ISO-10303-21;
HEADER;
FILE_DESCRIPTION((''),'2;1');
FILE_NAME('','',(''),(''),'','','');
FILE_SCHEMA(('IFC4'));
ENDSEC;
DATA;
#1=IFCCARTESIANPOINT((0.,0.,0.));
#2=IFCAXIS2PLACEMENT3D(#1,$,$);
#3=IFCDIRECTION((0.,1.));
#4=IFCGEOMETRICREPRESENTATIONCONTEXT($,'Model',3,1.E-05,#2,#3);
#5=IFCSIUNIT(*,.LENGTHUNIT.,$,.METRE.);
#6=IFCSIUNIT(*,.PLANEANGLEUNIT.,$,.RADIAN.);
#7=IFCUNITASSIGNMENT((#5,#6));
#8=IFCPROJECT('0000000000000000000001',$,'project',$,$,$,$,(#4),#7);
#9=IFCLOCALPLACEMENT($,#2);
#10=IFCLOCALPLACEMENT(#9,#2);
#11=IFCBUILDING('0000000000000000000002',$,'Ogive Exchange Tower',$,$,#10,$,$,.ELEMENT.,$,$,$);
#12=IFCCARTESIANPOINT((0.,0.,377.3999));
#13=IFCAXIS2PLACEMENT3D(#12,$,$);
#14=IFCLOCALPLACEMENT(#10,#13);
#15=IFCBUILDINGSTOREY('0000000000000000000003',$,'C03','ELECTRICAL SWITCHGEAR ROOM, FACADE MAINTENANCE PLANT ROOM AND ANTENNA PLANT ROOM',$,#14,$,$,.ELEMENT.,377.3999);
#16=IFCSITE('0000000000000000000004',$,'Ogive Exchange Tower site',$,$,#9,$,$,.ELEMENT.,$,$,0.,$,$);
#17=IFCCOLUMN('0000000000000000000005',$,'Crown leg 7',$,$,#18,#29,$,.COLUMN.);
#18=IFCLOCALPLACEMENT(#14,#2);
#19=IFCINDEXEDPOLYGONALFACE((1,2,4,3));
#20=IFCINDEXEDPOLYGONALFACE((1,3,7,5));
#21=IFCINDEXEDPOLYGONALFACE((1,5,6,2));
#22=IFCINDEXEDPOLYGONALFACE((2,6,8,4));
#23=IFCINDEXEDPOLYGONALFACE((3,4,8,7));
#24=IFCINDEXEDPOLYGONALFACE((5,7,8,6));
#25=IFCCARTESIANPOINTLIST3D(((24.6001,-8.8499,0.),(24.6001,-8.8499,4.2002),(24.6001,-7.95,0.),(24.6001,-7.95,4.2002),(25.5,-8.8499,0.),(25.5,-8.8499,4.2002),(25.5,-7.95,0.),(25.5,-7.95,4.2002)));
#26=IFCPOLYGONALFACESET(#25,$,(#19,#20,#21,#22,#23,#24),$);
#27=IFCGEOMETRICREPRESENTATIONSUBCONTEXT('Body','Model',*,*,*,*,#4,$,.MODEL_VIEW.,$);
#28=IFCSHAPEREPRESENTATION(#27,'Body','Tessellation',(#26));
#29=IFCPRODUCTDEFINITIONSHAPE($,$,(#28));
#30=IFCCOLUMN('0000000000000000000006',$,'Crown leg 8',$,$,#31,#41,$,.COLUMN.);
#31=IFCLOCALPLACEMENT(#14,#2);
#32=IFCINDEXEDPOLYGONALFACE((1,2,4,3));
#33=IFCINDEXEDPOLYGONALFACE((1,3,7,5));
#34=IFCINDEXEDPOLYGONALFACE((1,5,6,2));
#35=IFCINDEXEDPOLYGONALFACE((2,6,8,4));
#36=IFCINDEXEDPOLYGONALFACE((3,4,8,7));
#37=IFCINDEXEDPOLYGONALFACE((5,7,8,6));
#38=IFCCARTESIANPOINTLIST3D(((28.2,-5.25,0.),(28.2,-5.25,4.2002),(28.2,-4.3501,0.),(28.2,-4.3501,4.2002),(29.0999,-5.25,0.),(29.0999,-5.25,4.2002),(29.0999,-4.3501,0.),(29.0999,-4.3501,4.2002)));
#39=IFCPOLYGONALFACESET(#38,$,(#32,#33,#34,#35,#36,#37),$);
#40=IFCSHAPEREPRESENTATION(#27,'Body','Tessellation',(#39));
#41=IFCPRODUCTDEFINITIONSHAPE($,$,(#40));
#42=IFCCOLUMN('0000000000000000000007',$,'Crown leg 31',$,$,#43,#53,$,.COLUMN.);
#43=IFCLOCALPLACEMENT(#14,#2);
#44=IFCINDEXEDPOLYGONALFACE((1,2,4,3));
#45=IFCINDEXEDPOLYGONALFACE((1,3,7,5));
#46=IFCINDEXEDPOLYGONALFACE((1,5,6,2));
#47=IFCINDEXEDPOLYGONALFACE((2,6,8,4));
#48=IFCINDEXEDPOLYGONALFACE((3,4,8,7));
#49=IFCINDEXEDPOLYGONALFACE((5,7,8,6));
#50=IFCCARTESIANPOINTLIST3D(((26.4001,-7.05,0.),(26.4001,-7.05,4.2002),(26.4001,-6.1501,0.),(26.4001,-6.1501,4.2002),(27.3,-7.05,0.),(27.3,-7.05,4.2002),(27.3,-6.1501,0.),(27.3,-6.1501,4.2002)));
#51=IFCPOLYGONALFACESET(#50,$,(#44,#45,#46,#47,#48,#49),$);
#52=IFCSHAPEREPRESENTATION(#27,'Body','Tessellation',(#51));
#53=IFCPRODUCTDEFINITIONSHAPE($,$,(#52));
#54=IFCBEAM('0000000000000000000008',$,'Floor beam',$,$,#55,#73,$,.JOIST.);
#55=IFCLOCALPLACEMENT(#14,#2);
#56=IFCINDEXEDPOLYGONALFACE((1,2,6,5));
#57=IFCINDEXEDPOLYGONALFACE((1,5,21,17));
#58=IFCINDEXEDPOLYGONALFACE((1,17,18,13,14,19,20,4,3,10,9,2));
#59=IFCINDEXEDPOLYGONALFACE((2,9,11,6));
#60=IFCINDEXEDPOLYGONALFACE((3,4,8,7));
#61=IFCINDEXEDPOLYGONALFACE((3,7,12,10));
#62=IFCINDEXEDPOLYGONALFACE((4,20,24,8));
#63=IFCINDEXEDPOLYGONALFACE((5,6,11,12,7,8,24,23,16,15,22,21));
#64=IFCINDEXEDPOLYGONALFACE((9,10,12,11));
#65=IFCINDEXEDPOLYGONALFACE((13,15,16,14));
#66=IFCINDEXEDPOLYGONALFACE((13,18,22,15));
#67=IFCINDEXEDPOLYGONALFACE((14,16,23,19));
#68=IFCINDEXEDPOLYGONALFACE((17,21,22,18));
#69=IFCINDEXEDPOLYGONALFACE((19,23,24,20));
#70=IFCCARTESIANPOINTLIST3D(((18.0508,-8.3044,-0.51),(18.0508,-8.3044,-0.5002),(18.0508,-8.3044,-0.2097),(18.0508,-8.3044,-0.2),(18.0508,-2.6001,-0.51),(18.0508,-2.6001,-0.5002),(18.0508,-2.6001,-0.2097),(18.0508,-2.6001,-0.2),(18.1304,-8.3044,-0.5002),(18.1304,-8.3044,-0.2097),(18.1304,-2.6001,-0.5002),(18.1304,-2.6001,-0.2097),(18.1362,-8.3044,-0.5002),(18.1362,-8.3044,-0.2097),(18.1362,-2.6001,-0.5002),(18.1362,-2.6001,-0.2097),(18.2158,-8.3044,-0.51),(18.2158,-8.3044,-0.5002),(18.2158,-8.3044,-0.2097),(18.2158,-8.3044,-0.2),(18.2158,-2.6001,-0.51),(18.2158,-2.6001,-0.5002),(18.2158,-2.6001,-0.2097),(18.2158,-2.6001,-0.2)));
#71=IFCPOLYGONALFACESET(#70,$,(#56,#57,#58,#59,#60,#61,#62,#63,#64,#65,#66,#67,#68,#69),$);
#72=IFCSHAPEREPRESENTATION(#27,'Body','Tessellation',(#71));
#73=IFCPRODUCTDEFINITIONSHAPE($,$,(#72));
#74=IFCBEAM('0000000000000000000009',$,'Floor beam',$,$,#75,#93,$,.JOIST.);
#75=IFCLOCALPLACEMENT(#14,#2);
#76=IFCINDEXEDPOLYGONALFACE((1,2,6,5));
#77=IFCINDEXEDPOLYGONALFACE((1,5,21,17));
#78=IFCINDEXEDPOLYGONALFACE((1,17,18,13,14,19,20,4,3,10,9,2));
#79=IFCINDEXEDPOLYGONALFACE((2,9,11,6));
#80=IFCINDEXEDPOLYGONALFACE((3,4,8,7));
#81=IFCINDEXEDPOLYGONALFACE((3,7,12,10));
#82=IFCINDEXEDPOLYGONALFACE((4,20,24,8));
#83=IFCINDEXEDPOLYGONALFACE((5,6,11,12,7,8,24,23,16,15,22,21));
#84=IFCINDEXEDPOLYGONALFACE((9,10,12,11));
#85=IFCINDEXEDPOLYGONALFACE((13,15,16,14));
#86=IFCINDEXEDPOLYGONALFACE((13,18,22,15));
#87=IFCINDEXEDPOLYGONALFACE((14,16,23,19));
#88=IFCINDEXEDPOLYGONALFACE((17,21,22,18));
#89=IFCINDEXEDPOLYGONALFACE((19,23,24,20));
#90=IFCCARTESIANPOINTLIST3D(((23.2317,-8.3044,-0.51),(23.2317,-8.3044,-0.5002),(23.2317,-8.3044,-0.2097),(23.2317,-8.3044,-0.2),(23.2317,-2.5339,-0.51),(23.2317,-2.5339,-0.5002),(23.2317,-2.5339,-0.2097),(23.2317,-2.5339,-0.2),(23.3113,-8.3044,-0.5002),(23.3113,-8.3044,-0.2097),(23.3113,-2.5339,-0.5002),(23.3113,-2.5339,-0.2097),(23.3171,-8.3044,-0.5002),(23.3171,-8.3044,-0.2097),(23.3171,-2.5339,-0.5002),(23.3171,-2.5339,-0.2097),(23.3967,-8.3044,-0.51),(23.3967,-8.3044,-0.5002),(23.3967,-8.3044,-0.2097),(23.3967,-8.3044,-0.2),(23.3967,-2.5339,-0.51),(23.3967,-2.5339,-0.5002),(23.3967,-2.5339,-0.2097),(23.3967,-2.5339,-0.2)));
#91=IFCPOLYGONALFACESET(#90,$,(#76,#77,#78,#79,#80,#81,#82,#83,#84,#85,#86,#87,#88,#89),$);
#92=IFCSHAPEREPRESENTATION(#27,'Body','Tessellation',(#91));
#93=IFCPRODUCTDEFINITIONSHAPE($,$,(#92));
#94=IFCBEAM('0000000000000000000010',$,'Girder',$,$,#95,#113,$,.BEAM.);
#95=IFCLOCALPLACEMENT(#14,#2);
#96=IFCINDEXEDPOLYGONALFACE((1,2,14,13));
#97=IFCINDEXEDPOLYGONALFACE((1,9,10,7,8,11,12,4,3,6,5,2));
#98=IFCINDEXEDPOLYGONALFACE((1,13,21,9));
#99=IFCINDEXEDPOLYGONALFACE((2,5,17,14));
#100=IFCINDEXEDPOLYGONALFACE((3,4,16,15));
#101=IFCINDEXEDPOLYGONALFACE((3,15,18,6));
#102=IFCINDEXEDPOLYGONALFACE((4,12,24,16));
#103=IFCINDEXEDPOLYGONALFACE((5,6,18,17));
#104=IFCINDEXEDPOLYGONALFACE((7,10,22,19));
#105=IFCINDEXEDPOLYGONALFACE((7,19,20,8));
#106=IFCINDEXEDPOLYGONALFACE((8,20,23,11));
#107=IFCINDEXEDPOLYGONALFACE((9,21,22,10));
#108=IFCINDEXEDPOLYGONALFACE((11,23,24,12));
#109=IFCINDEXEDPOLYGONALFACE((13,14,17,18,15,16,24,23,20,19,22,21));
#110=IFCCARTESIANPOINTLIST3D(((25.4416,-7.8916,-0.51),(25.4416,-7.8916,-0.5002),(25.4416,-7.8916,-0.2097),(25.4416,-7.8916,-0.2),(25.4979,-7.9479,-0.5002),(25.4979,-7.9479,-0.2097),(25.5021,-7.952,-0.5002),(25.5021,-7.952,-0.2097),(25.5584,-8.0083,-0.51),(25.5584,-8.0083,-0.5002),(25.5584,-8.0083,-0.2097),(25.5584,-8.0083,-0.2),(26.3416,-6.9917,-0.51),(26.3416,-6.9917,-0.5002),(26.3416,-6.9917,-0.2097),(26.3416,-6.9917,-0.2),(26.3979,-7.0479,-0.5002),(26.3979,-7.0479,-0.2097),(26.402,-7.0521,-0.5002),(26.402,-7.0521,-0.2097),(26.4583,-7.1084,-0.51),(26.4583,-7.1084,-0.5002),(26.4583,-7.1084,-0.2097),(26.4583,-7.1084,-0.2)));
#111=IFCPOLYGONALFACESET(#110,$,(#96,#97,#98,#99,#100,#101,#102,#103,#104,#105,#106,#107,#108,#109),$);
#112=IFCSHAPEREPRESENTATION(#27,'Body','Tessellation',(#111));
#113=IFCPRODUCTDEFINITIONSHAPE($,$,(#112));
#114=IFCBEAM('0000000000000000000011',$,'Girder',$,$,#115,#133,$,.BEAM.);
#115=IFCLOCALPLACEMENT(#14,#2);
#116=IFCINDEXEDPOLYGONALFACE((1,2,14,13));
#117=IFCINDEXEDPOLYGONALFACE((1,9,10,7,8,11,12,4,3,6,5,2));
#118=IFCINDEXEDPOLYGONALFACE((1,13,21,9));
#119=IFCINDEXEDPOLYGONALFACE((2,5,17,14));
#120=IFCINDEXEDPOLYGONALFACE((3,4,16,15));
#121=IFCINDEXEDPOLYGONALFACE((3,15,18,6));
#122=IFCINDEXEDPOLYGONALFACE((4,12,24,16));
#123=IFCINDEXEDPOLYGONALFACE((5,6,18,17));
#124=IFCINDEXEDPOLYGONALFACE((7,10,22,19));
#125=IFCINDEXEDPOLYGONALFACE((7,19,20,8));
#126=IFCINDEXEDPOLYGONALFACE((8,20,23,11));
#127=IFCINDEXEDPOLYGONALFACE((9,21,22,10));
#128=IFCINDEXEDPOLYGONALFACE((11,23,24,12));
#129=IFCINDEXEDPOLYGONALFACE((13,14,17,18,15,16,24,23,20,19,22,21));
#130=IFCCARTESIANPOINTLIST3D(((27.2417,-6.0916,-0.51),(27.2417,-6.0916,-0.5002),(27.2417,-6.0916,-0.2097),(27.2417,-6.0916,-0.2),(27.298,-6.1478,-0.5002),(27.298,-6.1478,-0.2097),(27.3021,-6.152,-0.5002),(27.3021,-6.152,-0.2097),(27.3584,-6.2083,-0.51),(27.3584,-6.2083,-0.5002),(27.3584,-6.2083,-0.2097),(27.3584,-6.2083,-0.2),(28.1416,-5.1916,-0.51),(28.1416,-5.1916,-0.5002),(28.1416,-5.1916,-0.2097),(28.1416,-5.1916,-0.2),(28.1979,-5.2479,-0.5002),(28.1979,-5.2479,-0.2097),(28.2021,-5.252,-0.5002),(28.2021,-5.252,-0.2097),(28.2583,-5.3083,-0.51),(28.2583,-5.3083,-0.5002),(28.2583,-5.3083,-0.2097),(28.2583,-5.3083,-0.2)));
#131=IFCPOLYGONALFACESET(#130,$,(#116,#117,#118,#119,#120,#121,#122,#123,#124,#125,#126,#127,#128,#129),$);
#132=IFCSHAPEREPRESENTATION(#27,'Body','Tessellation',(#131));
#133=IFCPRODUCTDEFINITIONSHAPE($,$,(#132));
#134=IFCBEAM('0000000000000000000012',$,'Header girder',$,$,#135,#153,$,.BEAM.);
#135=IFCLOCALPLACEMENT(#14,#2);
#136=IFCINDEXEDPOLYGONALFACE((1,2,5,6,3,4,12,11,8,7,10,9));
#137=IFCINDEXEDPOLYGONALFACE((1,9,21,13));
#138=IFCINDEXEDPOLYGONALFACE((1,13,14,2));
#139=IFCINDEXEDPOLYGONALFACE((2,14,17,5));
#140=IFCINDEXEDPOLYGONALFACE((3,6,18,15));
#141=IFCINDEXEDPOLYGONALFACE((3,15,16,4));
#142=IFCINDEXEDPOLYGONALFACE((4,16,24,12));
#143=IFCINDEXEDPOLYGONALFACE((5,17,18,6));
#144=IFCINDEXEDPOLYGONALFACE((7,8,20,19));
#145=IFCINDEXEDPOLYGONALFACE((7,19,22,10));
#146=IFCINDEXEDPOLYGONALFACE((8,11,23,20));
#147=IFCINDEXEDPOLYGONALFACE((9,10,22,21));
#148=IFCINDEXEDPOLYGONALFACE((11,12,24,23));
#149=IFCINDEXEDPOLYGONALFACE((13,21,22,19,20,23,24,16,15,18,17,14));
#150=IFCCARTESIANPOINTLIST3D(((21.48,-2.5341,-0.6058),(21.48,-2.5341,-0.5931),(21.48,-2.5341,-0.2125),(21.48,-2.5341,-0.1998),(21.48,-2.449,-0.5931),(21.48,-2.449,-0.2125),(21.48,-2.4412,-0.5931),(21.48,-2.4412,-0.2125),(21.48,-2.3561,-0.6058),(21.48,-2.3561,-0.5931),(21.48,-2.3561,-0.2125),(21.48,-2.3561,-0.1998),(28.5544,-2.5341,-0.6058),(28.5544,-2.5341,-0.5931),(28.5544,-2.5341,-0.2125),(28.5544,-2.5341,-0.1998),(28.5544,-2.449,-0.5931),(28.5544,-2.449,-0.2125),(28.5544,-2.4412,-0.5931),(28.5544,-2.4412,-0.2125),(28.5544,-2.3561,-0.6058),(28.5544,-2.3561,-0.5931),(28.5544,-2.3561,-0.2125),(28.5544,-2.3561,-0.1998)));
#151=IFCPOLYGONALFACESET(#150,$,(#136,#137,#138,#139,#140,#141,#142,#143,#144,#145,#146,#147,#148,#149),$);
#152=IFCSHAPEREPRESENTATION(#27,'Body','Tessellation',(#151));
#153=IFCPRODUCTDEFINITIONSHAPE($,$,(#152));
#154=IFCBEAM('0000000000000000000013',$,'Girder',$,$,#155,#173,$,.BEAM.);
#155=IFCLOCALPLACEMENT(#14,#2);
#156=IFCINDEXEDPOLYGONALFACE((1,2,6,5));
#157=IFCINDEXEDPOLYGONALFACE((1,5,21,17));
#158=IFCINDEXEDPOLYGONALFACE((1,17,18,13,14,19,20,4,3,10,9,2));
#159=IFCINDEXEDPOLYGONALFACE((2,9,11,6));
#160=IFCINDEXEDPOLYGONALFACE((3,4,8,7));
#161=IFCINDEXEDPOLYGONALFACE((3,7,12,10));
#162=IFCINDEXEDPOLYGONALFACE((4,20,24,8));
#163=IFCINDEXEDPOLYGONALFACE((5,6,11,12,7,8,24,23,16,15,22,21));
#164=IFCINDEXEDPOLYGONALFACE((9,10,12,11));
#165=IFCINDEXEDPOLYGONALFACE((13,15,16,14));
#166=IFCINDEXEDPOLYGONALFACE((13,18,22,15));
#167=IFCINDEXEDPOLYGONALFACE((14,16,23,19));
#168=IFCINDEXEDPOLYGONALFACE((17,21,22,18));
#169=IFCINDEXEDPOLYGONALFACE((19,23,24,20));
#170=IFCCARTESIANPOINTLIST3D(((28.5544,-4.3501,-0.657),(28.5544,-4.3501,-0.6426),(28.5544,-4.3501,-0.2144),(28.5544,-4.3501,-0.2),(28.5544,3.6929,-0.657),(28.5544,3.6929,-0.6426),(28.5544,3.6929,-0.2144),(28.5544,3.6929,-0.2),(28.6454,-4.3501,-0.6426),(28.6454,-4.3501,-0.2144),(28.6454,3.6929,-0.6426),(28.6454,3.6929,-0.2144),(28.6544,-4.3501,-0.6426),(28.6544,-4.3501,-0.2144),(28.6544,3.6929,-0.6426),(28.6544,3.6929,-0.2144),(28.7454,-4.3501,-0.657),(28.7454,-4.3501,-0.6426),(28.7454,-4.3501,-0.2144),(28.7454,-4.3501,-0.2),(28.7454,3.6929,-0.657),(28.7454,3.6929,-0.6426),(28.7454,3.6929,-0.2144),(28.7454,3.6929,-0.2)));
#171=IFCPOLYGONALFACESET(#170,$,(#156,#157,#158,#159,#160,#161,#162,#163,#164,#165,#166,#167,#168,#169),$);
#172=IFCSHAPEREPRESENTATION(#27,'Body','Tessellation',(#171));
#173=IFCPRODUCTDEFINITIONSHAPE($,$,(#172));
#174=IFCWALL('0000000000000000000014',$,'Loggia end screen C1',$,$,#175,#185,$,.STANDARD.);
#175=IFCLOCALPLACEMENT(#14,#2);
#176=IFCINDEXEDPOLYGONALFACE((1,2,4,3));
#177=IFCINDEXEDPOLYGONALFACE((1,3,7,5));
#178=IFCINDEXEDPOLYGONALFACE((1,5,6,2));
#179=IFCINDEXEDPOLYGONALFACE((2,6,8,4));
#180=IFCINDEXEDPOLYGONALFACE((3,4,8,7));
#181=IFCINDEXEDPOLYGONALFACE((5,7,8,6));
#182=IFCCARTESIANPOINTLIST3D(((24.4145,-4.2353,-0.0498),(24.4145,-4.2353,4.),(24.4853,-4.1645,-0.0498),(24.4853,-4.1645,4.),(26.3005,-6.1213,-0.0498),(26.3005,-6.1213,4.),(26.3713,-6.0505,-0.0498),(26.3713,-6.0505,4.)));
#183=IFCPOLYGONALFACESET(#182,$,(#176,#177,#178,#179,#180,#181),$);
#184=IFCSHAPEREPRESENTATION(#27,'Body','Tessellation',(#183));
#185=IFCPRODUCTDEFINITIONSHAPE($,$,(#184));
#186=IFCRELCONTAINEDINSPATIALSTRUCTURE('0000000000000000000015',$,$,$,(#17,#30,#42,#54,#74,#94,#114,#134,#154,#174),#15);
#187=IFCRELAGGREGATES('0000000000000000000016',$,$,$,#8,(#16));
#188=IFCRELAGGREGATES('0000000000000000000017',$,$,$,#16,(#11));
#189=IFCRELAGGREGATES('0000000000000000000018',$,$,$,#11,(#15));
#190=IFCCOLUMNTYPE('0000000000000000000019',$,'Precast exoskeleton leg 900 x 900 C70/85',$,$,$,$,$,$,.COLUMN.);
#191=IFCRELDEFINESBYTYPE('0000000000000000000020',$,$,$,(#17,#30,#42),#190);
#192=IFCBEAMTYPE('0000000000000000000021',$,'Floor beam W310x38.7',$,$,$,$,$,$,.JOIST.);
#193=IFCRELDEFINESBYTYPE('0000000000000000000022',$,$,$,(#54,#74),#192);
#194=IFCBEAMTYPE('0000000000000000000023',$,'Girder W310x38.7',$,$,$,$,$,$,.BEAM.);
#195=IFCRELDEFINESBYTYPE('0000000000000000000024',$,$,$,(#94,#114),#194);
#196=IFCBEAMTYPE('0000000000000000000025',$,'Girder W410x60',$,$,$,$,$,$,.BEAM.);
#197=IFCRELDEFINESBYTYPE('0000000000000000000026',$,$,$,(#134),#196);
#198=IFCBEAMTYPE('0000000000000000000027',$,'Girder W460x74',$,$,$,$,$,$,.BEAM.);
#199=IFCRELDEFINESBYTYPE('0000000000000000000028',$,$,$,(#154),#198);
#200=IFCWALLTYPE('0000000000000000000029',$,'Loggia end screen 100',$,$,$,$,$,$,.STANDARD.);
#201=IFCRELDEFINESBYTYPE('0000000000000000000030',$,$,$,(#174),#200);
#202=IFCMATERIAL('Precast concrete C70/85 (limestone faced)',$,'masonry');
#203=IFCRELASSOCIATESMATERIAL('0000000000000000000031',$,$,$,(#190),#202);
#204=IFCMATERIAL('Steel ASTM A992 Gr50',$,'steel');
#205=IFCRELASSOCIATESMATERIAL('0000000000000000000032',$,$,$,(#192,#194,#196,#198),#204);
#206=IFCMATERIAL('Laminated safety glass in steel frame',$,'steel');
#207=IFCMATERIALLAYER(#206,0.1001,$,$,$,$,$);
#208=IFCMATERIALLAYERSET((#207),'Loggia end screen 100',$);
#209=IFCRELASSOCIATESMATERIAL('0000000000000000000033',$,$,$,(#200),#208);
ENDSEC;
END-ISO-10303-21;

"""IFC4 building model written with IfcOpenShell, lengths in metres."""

from ifc_helpers import new_model, si_unit, direction, frame, frame_2d, origin, origin_2d, place, context, subcontext, project, spatial, rectangle, i_section, extrude, material, layer, layer_set, material_profile, profile_set, type_object, element, save


model = new_model("IFC4")

# Units and contexts
model_context = context("Model", 3, precision=1e-05, world=origin(), true_north=direction((0.0, 1.0)))
body_context = subcontext(model_context, "Body", "Model", "MODEL_VIEW")
ifc_project = project(units=[si_unit("LENGTHUNIT", "METRE"), si_unit("PLANEANGLEUNIT", "RADIAN")], contexts=[model_context])

# Site, building, storey
site_placement = place(None, origin())
site = spatial("IfcSite", under=ifc_project, at=site_placement, Name="Ogive Exchange Tower site", CompositionType="ELEMENT", RefElevation=0.0)
building_placement = place(site_placement, origin())
building = spatial("IfcBuilding", under=site, at=building_placement, Name="Ogive Exchange Tower", CompositionType="ELEMENT")
storey_placement = place(building_placement, frame((0.0, 0.0, 377.3999)))
storey = spatial("IfcBuildingStorey", under=building, at=storey_placement, Name="C03", Description="ELECTRICAL SWITCHGEAR ROOM, FACADE MAINTENANCE PLANT ROOM AND ANTENNA PLANT ROOM", CompositionType="ELEMENT", Elevation=377.3999)

# Columns
ifc_material_1 = material(Name="Precast concrete C70/85 (limestone faced)", Category="masonry")
ifc_material_profile_1 = material_profile(ifc_material_1, rectangle(XDim=0.8999, YDim=0.8999, at=origin_2d()), Name="900 x 900")
ifc_profile_set_1 = profile_set([ifc_material_profile_1], Name="Precast concrete C70/85 (limestone faced)")
column_type = type_object("IfcColumnType", Name="Precast exoskeleton leg 900 x 900 C70/85", PredefinedType="COLUMN", material=ifc_profile_set_1)
for number, where, z_axis, x_axis, name in (
    (1, (25.05, -8.3999, 0.0), (0.0, 0.0, 1.0), (1.0, 0.0, 0.0), "Crown leg 7"),
    (2, (28.6499, -4.8, 0.0), (0.0, 0.0, 1.0), (1.0, 0.0, 0.0), "Crown leg 8"),
    (3, (26.8501, -6.6001, 0.0), (0.0, 0.0, 1.0), (1.0, 0.0, 0.0), "Crown leg 31"),
):
    element("IfcColumn", number, at=place(storey_placement, frame(where, z_axis=z_axis, x_axis=x_axis)), inside=storey, type_object=column_type, Name=name, PredefinedType="COLUMN", context=body_context, shape_type="SweptSolid", body=[
        extrude(rectangle(XDim=0.8999, YDim=0.8999, at=origin_2d()), origin(), (0.0, 0.0, 1.0), 4.2002),
    ])

# Beams
ifc_material_2 = material(Name="Steel ASTM A992 Gr50", Category="steel")
ifc_material_profile_2 = material_profile(ifc_material_2, i_section(OverallWidth=0.165, OverallDepth=0.3101, WebThickness=0.0059, FlangeThickness=0.0098, at=origin_2d()), Name="W310x38.7")
ifc_profile_set_2 = profile_set([ifc_material_profile_2], Name="Steel ASTM A992 Gr50")
beam_type_1 = type_object("IfcBeamType", Name="Floor beam W310x38.7", PredefinedType="JOIST", material=ifc_profile_set_2)
beam_1_placement = place(storey_placement, frame((18.1333, -8.3044, -0.355), z_axis=(0.0, 1.0, 0.0), x_axis=(-1.0, 0.0, 0.0)))
element("IfcBeam", 4, at=beam_1_placement, inside=storey, type_object=beam_type_1, Name="Floor beam", PredefinedType="JOIST", context=body_context, shape_type="SweptSolid", body=[
    extrude(i_section(OverallWidth=0.165, OverallDepth=0.3101, WebThickness=0.0059, FlangeThickness=0.0098, at=origin_2d()), origin(), (0.0, 0.0, 1.0), 5.7043),
])
beam_2_placement = place(storey_placement, frame((23.3142, -8.3044, -0.355), z_axis=(0.0, 1.0, 0.0), x_axis=(-1.0, 0.0, 0.0)))
element("IfcBeam", 5, at=beam_2_placement, inside=storey, type_object=beam_type_1, Name="Floor beam", PredefinedType="JOIST", context=body_context, shape_type="SweptSolid", body=[
    extrude(i_section(OverallWidth=0.165, OverallDepth=0.3101, WebThickness=0.0059, FlangeThickness=0.0098, at=origin_2d()), origin(), (0.0, 0.0, 1.0), 5.7705),
])
ifc_material_profile_3 = material_profile(ifc_material_2, i_section(OverallWidth=0.165, OverallDepth=0.3101, WebThickness=0.0059, FlangeThickness=0.0098, at=origin_2d()), Name="W310x38.7")
ifc_profile_set_3 = profile_set([ifc_material_profile_3], Name="Steel ASTM A992 Gr50")
beam_type_2 = type_object("IfcBeamType", Name="Girder W310x38.7", PredefinedType="BEAM", material=ifc_profile_set_3)
for number, where, z_axis, x_axis, name in (
    (6, (25.5, -7.95, -0.355), (0.707107, 0.707107, 0.0), (-0.707107, 0.707107, 0.0), "Girder"),
    (7, (27.3, -6.1499, -0.355), (0.707107, 0.707107, 0.0), (-0.707107, 0.707107, 0.0), "Girder"),
):
    element("IfcBeam", number, at=place(storey_placement, frame(where, z_axis=z_axis, x_axis=x_axis)), inside=storey, type_object=beam_type_2, Name=name, PredefinedType="BEAM", context=body_context, shape_type="SweptSolid", body=[
        extrude(i_section(OverallWidth=0.165, OverallDepth=0.3101, WebThickness=0.0059, FlangeThickness=0.0098, at=origin_2d()), origin(), (0.0, 0.0, 1.0), 1.2727),
    ])
ifc_material_profile_4 = material_profile(ifc_material_2, i_section(OverallWidth=0.178, OverallDepth=0.406, WebThickness=0.0078, FlangeThickness=0.0127, at=origin_2d()), Name="W410x60")
ifc_profile_set_4 = profile_set([ifc_material_profile_4], Name="Steel ASTM A992 Gr50")
beam_type_3 = type_object("IfcBeamType", Name="Girder W410x60", PredefinedType="BEAM", material=ifc_profile_set_4)
beam_3_placement = place(storey_placement, frame((21.48, -2.4451, -0.4028), z_axis=(1.0, 0.0, 0.0), x_axis=(0.0, 1.0, 0.0)))
element("IfcBeam", 8, at=beam_3_placement, inside=storey, type_object=beam_type_3, Name="Header girder", PredefinedType="BEAM", context=body_context, shape_type="SweptSolid", body=[
    extrude(i_section(OverallWidth=0.178, OverallDepth=0.406, WebThickness=0.0078, FlangeThickness=0.0127, at=origin_2d()), origin(), (0.0, 0.0, 1.0), 7.0745),
])
ifc_material_profile_5 = material_profile(ifc_material_2, i_section(OverallWidth=0.1909, OverallDepth=0.457, WebThickness=0.009, FlangeThickness=0.0144, at=origin_2d()), Name="W460x74")
ifc_profile_set_5 = profile_set([ifc_material_profile_5], Name="Steel ASTM A992 Gr50")
beam_type_4 = type_object("IfcBeamType", Name="Girder W460x74", PredefinedType="BEAM", material=ifc_profile_set_5)
beam_4_placement = place(storey_placement, frame((28.6499, -4.3501, -0.4285), z_axis=(0.0, 1.0, 0.0), x_axis=(-1.0, 0.0, 0.0)))
element("IfcBeam", 9, at=beam_4_placement, inside=storey, type_object=beam_type_4, Name="Girder", PredefinedType="BEAM", context=body_context, shape_type="SweptSolid", body=[
    extrude(i_section(OverallWidth=0.1909, OverallDepth=0.457, WebThickness=0.009, FlangeThickness=0.0144, at=origin_2d()), origin(), (0.0, 0.0, 1.0), 8.043),
])

# Wall
ifc_material_3 = material(Name="Laminated safety glass in steel frame", Category="steel")
ifc_layer_1 = layer(ifc_material_3, 0.1001)
ifc_layer_set_1 = layer_set([ifc_layer_1], Name="Loggia end screen 100")
wall_type_1 = type_object("IfcWallType", Name="Loggia end screen 100", PredefinedType="STANDARD", material=ifc_layer_set_1)
wall_1_placement = place(storey_placement, frame((24.45, -4.2, -0.0498), z_axis=(0.0, 0.0, 1.0), x_axis=(0.707107, -0.707107, 0.0)))
element("IfcWall", 10, at=wall_1_placement, inside=storey, type_object=wall_type_1, Name="Loggia end screen C1", PredefinedType="STANDARD", context=body_context, shape_type="SweptSolid", body=[
    extrude(rectangle(XDim=2.6672, YDim=0.1001, at=frame_2d((1.3335, 0.0))), origin(), (0.0, 0.0, 1.0), 4.0498),
])

save(model, "model.ifc")
